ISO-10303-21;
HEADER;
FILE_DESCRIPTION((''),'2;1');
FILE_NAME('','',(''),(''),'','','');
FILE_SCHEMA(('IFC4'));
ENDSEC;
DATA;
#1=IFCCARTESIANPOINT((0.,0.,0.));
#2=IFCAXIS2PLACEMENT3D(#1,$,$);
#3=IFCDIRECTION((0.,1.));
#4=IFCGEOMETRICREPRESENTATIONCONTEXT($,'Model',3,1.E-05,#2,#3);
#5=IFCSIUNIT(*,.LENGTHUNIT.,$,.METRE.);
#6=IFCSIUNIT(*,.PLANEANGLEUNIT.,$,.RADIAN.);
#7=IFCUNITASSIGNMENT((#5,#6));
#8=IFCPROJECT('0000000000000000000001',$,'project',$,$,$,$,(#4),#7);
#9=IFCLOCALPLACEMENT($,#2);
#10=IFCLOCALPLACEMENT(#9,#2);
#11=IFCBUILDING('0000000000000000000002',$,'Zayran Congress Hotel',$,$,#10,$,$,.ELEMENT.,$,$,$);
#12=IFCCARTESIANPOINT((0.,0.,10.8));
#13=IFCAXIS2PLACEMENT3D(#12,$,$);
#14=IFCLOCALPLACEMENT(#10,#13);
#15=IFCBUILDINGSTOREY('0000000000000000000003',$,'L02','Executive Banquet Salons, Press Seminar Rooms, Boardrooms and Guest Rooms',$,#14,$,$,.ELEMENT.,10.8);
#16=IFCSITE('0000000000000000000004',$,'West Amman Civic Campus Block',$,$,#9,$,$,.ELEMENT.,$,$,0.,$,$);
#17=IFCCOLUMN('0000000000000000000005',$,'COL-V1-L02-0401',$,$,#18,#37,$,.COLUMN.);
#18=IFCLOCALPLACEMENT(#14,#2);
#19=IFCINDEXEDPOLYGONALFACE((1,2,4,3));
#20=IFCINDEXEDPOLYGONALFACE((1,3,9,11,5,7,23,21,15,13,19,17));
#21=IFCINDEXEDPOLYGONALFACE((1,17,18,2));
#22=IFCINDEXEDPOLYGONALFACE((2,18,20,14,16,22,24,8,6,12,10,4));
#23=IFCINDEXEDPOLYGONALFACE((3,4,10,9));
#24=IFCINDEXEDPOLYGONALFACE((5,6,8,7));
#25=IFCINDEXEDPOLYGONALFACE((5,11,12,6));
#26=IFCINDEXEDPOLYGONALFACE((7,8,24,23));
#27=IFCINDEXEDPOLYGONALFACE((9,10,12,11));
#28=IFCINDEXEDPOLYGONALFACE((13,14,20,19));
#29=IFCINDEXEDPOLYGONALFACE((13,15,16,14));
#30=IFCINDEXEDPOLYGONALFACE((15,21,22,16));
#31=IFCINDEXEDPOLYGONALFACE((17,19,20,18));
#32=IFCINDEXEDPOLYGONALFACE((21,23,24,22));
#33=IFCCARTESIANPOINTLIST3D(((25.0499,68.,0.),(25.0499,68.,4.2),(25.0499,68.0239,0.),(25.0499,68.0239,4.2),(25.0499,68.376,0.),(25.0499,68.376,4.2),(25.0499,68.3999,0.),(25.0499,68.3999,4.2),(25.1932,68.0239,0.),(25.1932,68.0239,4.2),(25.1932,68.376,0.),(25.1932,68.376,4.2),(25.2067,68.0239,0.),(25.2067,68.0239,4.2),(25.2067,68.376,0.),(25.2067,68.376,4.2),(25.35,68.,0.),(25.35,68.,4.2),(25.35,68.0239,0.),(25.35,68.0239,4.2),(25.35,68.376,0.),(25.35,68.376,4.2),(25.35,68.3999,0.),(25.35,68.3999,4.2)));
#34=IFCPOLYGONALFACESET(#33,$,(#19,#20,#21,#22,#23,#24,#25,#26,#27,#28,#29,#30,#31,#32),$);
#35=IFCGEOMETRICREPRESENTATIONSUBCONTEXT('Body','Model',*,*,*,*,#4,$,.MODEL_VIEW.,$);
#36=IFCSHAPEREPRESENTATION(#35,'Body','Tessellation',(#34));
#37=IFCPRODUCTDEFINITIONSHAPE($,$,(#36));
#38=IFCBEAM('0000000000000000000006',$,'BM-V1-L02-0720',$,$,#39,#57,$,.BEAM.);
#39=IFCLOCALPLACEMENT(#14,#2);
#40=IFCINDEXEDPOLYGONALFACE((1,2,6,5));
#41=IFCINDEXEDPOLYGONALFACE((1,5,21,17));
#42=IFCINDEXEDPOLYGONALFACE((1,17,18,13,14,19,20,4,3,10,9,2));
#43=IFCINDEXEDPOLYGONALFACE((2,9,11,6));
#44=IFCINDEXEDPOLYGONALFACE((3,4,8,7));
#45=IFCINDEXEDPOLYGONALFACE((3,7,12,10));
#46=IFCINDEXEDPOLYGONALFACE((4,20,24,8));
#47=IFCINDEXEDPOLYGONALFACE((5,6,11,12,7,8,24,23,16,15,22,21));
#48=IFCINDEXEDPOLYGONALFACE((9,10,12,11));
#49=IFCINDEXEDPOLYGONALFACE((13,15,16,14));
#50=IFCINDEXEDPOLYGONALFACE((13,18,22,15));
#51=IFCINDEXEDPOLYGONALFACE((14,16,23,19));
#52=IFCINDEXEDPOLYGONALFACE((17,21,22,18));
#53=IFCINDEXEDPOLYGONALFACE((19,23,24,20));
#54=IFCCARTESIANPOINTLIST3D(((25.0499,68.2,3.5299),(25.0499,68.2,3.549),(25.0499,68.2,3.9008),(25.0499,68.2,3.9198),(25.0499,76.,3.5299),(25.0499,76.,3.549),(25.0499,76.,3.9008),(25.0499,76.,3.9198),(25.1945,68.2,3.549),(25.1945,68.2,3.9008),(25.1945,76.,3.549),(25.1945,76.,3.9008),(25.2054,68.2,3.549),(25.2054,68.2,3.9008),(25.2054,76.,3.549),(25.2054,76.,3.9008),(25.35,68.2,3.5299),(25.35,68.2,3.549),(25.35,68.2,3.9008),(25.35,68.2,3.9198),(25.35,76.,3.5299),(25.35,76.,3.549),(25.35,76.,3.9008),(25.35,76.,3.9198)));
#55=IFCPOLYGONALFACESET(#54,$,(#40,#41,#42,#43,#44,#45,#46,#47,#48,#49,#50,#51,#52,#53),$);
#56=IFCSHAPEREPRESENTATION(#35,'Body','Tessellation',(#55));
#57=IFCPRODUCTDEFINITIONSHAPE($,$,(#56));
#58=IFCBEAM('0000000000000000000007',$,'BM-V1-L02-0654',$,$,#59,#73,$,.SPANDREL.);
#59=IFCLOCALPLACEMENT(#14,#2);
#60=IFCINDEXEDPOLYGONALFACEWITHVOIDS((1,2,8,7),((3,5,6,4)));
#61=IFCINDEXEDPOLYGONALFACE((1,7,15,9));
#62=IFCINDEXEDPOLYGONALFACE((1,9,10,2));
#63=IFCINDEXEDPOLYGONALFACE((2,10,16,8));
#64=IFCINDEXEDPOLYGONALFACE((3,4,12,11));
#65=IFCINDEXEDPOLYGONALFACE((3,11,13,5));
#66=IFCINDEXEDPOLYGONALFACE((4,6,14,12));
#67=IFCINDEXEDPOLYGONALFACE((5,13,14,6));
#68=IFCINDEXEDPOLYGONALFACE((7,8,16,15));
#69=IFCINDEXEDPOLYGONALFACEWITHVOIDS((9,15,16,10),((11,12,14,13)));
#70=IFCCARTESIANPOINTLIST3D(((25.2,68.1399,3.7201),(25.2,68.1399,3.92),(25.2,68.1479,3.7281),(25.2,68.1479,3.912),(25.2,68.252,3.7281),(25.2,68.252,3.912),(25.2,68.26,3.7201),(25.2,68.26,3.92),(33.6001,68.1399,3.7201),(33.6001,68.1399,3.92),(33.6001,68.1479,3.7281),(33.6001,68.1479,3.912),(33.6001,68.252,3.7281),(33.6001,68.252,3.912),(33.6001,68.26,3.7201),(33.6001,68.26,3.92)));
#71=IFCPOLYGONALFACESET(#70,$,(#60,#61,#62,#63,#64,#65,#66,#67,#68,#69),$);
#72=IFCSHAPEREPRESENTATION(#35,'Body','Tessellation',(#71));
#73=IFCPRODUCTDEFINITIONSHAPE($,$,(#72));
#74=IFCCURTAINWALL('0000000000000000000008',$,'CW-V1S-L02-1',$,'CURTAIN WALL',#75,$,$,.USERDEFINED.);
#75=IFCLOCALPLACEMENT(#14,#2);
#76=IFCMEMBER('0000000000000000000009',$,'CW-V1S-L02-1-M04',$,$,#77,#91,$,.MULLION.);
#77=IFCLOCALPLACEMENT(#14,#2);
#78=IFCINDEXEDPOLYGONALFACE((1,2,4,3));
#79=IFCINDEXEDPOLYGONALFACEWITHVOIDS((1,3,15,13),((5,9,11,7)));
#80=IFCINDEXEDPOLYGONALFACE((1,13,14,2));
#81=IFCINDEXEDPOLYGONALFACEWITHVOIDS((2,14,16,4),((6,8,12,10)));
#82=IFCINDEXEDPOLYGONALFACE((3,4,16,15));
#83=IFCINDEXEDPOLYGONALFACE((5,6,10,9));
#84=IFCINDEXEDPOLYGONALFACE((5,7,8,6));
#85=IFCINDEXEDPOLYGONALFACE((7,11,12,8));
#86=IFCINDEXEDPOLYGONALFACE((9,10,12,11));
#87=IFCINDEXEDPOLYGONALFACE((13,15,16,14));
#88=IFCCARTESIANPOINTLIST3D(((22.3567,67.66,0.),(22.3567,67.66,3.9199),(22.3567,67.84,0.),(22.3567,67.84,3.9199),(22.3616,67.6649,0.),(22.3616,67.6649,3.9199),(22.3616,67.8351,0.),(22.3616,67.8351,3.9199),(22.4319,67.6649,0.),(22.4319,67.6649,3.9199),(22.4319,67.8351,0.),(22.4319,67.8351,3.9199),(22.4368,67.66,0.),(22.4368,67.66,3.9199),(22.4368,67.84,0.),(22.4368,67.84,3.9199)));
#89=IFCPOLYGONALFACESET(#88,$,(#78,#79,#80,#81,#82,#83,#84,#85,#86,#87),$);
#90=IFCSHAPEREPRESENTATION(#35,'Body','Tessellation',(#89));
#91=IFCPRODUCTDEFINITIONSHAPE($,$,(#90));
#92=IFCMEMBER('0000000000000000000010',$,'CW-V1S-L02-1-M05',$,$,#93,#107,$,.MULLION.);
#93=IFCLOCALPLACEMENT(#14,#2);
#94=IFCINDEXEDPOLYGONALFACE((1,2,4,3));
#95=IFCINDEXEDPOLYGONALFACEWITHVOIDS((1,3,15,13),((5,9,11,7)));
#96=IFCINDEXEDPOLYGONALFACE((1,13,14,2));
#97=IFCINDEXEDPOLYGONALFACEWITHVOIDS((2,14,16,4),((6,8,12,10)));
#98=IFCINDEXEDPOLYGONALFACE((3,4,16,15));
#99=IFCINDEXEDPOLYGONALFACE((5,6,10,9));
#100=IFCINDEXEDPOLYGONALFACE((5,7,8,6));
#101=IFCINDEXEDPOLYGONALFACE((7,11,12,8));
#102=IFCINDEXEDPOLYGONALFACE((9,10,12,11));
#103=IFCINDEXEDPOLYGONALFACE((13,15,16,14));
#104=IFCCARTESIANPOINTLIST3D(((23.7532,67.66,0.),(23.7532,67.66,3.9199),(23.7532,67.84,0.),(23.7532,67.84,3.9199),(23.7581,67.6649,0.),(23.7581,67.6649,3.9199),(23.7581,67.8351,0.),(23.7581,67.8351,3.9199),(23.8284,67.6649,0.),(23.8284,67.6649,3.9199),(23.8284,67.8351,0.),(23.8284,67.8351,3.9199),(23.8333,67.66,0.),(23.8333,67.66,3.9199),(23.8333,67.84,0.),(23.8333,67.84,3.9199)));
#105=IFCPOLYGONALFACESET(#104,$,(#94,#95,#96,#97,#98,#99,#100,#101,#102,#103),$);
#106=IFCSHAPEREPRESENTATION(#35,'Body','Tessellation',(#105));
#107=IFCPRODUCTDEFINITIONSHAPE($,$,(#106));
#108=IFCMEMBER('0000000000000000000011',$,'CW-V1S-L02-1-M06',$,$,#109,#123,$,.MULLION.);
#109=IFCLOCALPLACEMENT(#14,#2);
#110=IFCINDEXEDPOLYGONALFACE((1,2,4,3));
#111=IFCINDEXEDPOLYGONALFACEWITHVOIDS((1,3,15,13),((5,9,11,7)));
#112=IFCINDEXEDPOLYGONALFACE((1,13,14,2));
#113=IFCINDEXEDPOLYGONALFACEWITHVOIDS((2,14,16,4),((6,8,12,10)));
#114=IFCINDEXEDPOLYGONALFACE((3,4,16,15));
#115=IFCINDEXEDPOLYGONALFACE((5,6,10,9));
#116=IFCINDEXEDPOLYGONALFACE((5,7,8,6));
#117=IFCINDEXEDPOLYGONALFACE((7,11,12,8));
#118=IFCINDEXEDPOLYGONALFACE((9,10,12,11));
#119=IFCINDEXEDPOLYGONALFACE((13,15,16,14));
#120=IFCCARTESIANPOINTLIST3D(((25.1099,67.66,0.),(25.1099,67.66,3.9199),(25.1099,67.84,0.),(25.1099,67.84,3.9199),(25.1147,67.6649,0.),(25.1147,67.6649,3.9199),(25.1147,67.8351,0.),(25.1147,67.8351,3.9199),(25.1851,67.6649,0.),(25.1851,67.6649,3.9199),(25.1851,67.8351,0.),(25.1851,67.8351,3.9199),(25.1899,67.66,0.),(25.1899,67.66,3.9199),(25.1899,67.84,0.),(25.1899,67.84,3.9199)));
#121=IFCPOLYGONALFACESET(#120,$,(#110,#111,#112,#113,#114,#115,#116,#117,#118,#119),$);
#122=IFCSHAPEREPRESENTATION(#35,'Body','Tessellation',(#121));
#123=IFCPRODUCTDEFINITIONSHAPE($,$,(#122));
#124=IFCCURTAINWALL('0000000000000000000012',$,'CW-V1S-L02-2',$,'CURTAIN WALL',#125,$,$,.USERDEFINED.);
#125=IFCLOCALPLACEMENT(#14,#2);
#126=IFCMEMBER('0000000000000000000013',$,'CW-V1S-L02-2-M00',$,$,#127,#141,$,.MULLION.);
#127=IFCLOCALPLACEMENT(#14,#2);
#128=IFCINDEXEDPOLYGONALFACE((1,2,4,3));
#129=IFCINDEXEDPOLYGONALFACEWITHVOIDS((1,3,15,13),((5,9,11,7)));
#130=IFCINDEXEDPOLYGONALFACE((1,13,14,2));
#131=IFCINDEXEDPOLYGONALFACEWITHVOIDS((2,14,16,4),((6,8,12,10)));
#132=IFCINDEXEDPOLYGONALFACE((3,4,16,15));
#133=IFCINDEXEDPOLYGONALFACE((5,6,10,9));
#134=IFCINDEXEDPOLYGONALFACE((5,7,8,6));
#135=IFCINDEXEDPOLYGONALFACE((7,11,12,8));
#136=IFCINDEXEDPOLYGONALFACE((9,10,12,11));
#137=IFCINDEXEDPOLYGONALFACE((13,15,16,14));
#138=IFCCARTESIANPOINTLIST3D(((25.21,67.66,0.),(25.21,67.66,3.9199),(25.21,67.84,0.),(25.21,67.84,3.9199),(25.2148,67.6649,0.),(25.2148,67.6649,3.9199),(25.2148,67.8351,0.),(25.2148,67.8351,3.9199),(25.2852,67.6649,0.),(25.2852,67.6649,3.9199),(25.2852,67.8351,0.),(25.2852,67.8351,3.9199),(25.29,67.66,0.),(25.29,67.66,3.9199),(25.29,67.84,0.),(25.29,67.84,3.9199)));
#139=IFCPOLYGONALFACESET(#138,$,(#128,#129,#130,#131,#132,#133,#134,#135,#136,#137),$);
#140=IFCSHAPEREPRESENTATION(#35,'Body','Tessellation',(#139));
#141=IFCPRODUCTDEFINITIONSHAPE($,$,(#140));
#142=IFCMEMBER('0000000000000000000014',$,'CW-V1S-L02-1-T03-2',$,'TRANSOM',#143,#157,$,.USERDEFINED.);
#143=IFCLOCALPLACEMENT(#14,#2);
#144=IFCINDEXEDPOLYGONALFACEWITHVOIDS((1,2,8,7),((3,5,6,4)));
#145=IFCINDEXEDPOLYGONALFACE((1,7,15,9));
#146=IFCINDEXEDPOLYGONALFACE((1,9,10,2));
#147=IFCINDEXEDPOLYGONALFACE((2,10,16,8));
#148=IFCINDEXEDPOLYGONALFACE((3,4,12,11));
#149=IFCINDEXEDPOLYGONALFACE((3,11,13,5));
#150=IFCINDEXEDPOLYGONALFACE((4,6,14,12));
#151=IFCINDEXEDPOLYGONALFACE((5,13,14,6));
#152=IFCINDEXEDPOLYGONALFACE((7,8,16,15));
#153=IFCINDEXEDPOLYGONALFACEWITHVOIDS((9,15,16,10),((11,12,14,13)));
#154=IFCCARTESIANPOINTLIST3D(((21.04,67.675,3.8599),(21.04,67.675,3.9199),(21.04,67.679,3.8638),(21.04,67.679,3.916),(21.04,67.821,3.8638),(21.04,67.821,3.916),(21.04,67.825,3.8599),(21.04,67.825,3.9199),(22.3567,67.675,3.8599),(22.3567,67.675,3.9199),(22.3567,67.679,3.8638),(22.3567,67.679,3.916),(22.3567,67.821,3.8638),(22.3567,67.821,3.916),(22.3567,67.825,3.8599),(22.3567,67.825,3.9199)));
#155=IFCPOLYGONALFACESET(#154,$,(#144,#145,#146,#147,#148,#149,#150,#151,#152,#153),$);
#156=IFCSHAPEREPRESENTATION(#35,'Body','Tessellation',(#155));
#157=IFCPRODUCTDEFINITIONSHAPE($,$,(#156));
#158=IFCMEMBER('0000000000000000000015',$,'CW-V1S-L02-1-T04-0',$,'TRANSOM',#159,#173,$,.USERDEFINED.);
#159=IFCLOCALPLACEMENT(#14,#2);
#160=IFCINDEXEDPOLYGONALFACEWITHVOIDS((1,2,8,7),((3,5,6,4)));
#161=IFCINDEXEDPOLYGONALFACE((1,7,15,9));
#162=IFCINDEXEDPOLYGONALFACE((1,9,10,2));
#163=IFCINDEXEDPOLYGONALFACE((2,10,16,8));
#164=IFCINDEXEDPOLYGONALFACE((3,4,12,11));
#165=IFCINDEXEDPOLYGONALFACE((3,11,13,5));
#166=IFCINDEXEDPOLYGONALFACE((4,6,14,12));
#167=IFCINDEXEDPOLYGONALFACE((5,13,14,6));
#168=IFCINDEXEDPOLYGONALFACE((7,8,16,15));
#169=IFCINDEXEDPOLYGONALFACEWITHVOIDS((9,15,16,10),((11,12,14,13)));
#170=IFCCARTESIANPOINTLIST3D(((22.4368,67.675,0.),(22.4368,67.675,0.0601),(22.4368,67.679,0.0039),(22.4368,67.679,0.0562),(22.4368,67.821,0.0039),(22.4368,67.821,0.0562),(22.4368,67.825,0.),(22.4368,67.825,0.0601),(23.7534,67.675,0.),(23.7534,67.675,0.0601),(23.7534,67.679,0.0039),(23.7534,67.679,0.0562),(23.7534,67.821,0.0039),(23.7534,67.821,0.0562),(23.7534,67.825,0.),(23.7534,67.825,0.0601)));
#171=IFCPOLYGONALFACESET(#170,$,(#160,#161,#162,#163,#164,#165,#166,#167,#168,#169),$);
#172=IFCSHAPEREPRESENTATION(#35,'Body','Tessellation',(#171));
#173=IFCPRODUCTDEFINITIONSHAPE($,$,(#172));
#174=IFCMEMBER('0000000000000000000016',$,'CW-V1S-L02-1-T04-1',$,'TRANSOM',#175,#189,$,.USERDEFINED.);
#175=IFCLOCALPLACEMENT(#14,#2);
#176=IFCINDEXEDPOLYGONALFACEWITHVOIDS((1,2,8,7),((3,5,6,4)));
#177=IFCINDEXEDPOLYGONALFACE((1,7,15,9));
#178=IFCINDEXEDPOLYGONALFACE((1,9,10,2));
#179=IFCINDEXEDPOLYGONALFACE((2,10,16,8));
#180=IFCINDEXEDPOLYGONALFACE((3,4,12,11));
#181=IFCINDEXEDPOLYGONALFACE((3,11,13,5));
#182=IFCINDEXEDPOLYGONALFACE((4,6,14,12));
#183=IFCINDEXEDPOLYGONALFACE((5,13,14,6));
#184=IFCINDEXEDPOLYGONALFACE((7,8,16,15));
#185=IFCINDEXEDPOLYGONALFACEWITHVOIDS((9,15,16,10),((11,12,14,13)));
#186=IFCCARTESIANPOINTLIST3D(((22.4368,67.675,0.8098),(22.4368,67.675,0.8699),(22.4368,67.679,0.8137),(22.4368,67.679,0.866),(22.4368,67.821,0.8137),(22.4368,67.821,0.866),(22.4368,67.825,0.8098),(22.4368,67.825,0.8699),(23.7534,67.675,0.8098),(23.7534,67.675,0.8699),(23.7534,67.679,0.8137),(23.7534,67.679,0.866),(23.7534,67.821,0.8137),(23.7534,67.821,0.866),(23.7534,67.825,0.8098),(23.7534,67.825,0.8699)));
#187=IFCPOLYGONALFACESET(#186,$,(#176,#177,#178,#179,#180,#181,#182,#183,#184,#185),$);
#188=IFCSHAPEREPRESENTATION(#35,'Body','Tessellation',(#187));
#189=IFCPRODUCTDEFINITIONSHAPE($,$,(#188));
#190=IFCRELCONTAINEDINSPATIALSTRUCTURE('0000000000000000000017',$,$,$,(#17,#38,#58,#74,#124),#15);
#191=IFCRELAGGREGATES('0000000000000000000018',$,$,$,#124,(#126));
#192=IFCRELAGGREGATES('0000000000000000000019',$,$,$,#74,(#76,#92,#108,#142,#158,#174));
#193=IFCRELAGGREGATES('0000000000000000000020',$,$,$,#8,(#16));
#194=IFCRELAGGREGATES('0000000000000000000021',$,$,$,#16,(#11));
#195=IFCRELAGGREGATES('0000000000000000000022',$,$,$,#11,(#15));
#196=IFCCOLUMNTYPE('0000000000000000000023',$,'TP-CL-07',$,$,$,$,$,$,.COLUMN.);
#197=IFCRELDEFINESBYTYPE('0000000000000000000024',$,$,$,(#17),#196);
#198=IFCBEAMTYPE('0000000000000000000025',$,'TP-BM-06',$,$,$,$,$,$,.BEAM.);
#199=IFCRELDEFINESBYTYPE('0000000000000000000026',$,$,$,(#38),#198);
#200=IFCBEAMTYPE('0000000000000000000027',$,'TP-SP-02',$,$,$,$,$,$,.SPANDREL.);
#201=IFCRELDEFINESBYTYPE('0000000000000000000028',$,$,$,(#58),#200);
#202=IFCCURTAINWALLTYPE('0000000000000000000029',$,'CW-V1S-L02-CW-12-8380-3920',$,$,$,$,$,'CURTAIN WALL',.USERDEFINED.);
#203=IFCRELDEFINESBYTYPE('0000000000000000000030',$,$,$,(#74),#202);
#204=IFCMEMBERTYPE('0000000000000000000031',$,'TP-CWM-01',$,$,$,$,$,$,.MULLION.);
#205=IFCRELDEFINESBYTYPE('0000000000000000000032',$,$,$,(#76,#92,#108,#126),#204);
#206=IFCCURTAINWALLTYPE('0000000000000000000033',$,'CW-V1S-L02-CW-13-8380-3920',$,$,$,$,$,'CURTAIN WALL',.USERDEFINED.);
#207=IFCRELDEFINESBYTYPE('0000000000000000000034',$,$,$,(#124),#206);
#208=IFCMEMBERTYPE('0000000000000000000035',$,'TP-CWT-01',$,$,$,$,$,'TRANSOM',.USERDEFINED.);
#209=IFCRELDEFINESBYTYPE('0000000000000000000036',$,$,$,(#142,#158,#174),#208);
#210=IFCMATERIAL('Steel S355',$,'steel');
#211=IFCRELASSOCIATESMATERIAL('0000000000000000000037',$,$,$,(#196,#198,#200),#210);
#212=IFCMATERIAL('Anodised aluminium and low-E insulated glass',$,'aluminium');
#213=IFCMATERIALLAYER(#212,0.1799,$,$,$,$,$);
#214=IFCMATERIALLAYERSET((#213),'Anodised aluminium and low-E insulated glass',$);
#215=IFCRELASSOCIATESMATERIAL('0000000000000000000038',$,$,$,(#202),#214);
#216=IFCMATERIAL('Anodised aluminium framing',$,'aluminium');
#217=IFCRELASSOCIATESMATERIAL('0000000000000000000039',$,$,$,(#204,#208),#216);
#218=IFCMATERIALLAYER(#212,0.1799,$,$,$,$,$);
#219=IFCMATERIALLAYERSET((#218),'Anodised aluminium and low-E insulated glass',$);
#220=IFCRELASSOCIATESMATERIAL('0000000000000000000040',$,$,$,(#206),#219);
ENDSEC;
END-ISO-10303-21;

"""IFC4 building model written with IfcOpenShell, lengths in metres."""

from ifc_helpers import new_model, si_unit, direction, frame, origin, origin_2d, place, context, subcontext, project, spatial, hollow_rectangle, i_section, extrude, material, layer, layer_set, material_profile, profile_set, type_object, element, aggregate, save


model = new_model("IFC4")

# Units and contexts
model_context = context("Model", 3, precision=1e-05, world=origin(), true_north=direction((0.0, 1.0)))
body_context = subcontext(model_context, "Body", "Model", "MODEL_VIEW")
ifc_project = project(units=[si_unit("LENGTHUNIT", "METRE"), si_unit("PLANEANGLEUNIT", "RADIAN")], contexts=[model_context])

# Site, building, storey
site_placement = place(None, origin())
site = spatial("IfcSite", under=ifc_project, at=site_placement, Name="West Amman Civic Campus Block", CompositionType="ELEMENT", RefElevation=0.0)
building_placement = place(site_placement, origin())
building = spatial("IfcBuilding", under=site, at=building_placement, Name="Zayran Congress Hotel", CompositionType="ELEMENT")
storey_placement = place(building_placement, frame((0.0, 0.0, 10.8)))
storey = spatial("IfcBuildingStorey", under=building, at=storey_placement, Name="L02", Description="Executive Banquet Salons, Press Seminar Rooms, Boardrooms and Guest Rooms", CompositionType="ELEMENT", Elevation=10.8)

# Column
ifc_material_1 = material(Name="Steel S355", Category="steel")
ifc_material_profile_1 = material_profile(ifc_material_1, i_section(OverallWidth=0.3, OverallDepth=0.3999, WebThickness=0.0134, FlangeThickness=0.0239, at=origin_2d()), Name="HEB 400")
ifc_profile_set_1 = profile_set([ifc_material_profile_1], Name="Steel S355")
column_type = type_object("IfcColumnType", Name="TP-CL-07", PredefinedType="COLUMN", material=ifc_profile_set_1)
column_placement = place(storey_placement, frame((25.2, 68.2, 0.0), z_axis=(0.0, 0.0, 1.0), x_axis=(1.0, 0.0, 0.0)))
element("IfcColumn", 1, at=column_placement, inside=storey, type_object=column_type, Name="COL-V1-L02-0401", PredefinedType="COLUMN", context=body_context, shape_type="SweptSolid", body=[
    extrude(i_section(OverallWidth=0.3, OverallDepth=0.3999, WebThickness=0.0134, FlangeThickness=0.0239, at=origin_2d()), origin(), (0.0, 0.0, 1.0), 4.2),
])

# Beams
ifc_material_profile_2 = material_profile(ifc_material_1, i_section(OverallWidth=0.3, OverallDepth=0.3899, WebThickness=0.011, FlangeThickness=0.019, at=origin_2d()), Name="HEA 400")
ifc_profile_set_2 = profile_set([ifc_material_profile_2], Name="Steel S355")
beam_type_1 = type_object("IfcBeamType", Name="TP-BM-06", PredefinedType="BEAM", material=ifc_profile_set_2)
beam_1_placement = place(storey_placement, frame((25.2, 68.2, 3.7249), z_axis=(0.0, 1.0, 0.0), x_axis=(-1.0, 0.0, 0.0)))
element("IfcBeam", 2, at=beam_1_placement, inside=storey, type_object=beam_type_1, Name="BM-V1-L02-0720", PredefinedType="BEAM", context=body_context, shape_type="SweptSolid", body=[
    extrude(i_section(OverallWidth=0.3, OverallDepth=0.3899, WebThickness=0.011, FlangeThickness=0.019, at=origin_2d()), origin(), (0.0, 0.0, 1.0), 7.8),
])
ifc_material_profile_3 = material_profile(ifc_material_1, hollow_rectangle(XDim=0.1201, YDim=0.2, WallThickness=0.0081, at=origin_2d()), Name="RHS 200x120x8")
ifc_profile_set_3 = profile_set([ifc_material_profile_3], Name="Steel S355")
beam_type_2 = type_object("IfcBeamType", Name="TP-SP-02", PredefinedType="SPANDREL", material=ifc_profile_set_3)
beam_2_placement = place(storey_placement, frame((25.2, 68.2, 3.8201), z_axis=(1.0, 0.0, 0.0), x_axis=(0.0, 1.0, 0.0)))
element("IfcBeam", 3, at=beam_2_placement, inside=storey, type_object=beam_type_2, Name="BM-V1-L02-0654", PredefinedType="SPANDREL", context=body_context, shape_type="SweptSolid", body=[
    extrude(hollow_rectangle(XDim=0.1201, YDim=0.2, WallThickness=0.0081, at=origin_2d()), origin(), (0.0, 0.0, 1.0), 8.4001),
])

# Curtain wall, members
ifc_material_2 = material(Name="Anodised aluminium and low-E insulated glass", Category="aluminium")
ifc_layer_1 = layer(ifc_material_2, 0.1799)
ifc_layer_set_1 = layer_set([ifc_layer_1], Name="Anodised aluminium and low-E insulated glass")
curtain_wall_type_1 = type_object("IfcCurtainWallType", Name="CW-V1S-L02-CW-12-8380-3920", ElementType="CURTAIN WALL", PredefinedType="USERDEFINED", material=ifc_layer_set_1)
curtain_wall_1_placement = place(storey_placement, origin())
curtain_wall_1 = element("IfcCurtainWall", 4, at=curtain_wall_1_placement, inside=storey, type_object=curtain_wall_type_1, Name="CW-V1S-L02-1", ObjectType="CURTAIN WALL", PredefinedType="USERDEFINED")
ifc_material_3 = material(Name="Anodised aluminium framing", Category="aluminium")
ifc_material_profile_4 = material_profile(ifc_material_3, hollow_rectangle(XDim=0.0801, YDim=0.1799, WallThickness=0.0049, at=origin_2d()), Name="RHS 180x80x5")
ifc_profile_set_4 = profile_set([ifc_material_profile_4], Name="Anodised aluminium framing")
member_type_1 = type_object("IfcMemberType", Name="TP-CWM-01", PredefinedType="MULLION", material=ifc_profile_set_4)
member_1_placement = place(storey_placement, frame((22.3967, 67.75, 0.0), z_axis=(0.0, 0.0, 1.0), x_axis=(1.0, 0.0, 0.0)))
member_1 = element("IfcMember", 5, at=member_1_placement, type_object=member_type_1, Name="CW-V1S-L02-1-M04", PredefinedType="MULLION", context=body_context, shape_type="SweptSolid", body=[
    extrude(hollow_rectangle(XDim=0.0801, YDim=0.1799, WallThickness=0.0049, at=origin_2d()), origin(), (0.0, 0.0, 1.0), 3.9199),
])
member_2_placement = place(storey_placement, frame((23.7932, 67.75, 0.0), z_axis=(0.0, 0.0, 1.0), x_axis=(1.0, 0.0, 0.0)))
member_2 = element("IfcMember", 6, at=member_2_placement, type_object=member_type_1, Name="CW-V1S-L02-1-M05", PredefinedType="MULLION", context=body_context, shape_type="SweptSolid", body=[
    extrude(hollow_rectangle(XDim=0.0801, YDim=0.1799, WallThickness=0.0049, at=origin_2d()), origin(), (0.0, 0.0, 1.0), 3.9199),
])
member_3_placement = place(storey_placement, frame((25.1499, 67.75, 0.0), z_axis=(0.0, 0.0, 1.0), x_axis=(1.0, 0.0, 0.0)))
member_3 = element("IfcMember", 7, at=member_3_placement, type_object=member_type_1, Name="CW-V1S-L02-1-M06", PredefinedType="MULLION", context=body_context, shape_type="SweptSolid", body=[
    extrude(hollow_rectangle(XDim=0.0801, YDim=0.1799, WallThickness=0.0049, at=origin_2d()), origin(), (0.0, 0.0, 1.0), 3.9199),
])

# Curtain wall, member
ifc_layer_2 = layer(ifc_material_2, 0.1799)
ifc_layer_set_2 = layer_set([ifc_layer_2], Name="Anodised aluminium and low-E insulated glass")
curtain_wall_type_2 = type_object("IfcCurtainWallType", Name="CW-V1S-L02-CW-13-8380-3920", ElementType="CURTAIN WALL", PredefinedType="USERDEFINED", material=ifc_layer_set_2)
curtain_wall_2_placement = place(storey_placement, origin())
curtain_wall_2 = element("IfcCurtainWall", 8, at=curtain_wall_2_placement, inside=storey, type_object=curtain_wall_type_2, Name="CW-V1S-L02-2", ObjectType="CURTAIN WALL", PredefinedType="USERDEFINED")
member_4_placement = place(storey_placement, frame((25.25, 67.75, 0.0), z_axis=(0.0, 0.0, 1.0), x_axis=(1.0, 0.0, 0.0)))
member_4 = element("IfcMember", 9, at=member_4_placement, type_object=member_type_1, Name="CW-V1S-L02-2-M00", PredefinedType="MULLION", context=body_context, shape_type="SweptSolid", body=[
    extrude(hollow_rectangle(XDim=0.0801, YDim=0.1799, WallThickness=0.0049, at=origin_2d()), origin(), (0.0, 0.0, 1.0), 3.9199),
])

# Members
ifc_material_profile_5 = material_profile(ifc_material_3, hollow_rectangle(XDim=0.0601, YDim=0.1499, WallThickness=0.0039, at=origin_2d()), Name="RHS 150x60x4")
ifc_profile_set_5 = profile_set([ifc_material_profile_5], Name="Anodised aluminium framing")
member_type_2 = type_object("IfcMemberType", Name="TP-CWT-01", ElementType="TRANSOM", PredefinedType="USERDEFINED", material=ifc_profile_set_5)
member_5_placement = place(storey_placement, frame((21.04, 67.75, 3.8899), z_axis=(1.0, 0.0, 0.0), x_axis=(0.0, 0.0, 1.0)))
member_5 = element("IfcMember", 10, at=member_5_placement, type_object=member_type_2, Name="CW-V1S-L02-1-T03-2", ObjectType="TRANSOM", PredefinedType="USERDEFINED", context=body_context, shape_type="SweptSolid", body=[
    extrude(hollow_rectangle(XDim=0.0601, YDim=0.1499, WallThickness=0.0039, at=origin_2d()), origin(), (0.0, 0.0, 1.0), 1.3167),
])
member_6_placement = place(storey_placement, frame((22.4368, 67.75, 0.03), z_axis=(1.0, 0.0, 0.0), x_axis=(0.0, 0.0, 1.0)))
member_6 = element("IfcMember", 11, at=member_6_placement, type_object=member_type_2, Name="CW-V1S-L02-1-T04-0", ObjectType="TRANSOM", PredefinedType="USERDEFINED", context=body_context, shape_type="SweptSolid", body=[
    extrude(hollow_rectangle(XDim=0.0601, YDim=0.1499, WallThickness=0.0039, at=origin_2d()), origin(), (0.0, 0.0, 1.0), 1.3167),
])
member_7_placement = place(storey_placement, frame((22.4368, 67.75, 0.8398), z_axis=(1.0, 0.0, 0.0), x_axis=(0.0, 0.0, 1.0)))
member_7 = element("IfcMember", 12, at=member_7_placement, type_object=member_type_2, Name="CW-V1S-L02-1-T04-1", ObjectType="TRANSOM", PredefinedType="USERDEFINED", context=body_context, shape_type="SweptSolid", body=[
    extrude(hollow_rectangle(XDim=0.0601, YDim=0.1499, WallThickness=0.0039, at=origin_2d()), origin(), (0.0, 0.0, 1.0), 1.3167),
])
aggregate(curtain_wall_2, [member_4])

aggregate(curtain_wall_1, [member_1, member_2, member_3, member_5, member_6, member_7])

save(model, "model.ifc")
